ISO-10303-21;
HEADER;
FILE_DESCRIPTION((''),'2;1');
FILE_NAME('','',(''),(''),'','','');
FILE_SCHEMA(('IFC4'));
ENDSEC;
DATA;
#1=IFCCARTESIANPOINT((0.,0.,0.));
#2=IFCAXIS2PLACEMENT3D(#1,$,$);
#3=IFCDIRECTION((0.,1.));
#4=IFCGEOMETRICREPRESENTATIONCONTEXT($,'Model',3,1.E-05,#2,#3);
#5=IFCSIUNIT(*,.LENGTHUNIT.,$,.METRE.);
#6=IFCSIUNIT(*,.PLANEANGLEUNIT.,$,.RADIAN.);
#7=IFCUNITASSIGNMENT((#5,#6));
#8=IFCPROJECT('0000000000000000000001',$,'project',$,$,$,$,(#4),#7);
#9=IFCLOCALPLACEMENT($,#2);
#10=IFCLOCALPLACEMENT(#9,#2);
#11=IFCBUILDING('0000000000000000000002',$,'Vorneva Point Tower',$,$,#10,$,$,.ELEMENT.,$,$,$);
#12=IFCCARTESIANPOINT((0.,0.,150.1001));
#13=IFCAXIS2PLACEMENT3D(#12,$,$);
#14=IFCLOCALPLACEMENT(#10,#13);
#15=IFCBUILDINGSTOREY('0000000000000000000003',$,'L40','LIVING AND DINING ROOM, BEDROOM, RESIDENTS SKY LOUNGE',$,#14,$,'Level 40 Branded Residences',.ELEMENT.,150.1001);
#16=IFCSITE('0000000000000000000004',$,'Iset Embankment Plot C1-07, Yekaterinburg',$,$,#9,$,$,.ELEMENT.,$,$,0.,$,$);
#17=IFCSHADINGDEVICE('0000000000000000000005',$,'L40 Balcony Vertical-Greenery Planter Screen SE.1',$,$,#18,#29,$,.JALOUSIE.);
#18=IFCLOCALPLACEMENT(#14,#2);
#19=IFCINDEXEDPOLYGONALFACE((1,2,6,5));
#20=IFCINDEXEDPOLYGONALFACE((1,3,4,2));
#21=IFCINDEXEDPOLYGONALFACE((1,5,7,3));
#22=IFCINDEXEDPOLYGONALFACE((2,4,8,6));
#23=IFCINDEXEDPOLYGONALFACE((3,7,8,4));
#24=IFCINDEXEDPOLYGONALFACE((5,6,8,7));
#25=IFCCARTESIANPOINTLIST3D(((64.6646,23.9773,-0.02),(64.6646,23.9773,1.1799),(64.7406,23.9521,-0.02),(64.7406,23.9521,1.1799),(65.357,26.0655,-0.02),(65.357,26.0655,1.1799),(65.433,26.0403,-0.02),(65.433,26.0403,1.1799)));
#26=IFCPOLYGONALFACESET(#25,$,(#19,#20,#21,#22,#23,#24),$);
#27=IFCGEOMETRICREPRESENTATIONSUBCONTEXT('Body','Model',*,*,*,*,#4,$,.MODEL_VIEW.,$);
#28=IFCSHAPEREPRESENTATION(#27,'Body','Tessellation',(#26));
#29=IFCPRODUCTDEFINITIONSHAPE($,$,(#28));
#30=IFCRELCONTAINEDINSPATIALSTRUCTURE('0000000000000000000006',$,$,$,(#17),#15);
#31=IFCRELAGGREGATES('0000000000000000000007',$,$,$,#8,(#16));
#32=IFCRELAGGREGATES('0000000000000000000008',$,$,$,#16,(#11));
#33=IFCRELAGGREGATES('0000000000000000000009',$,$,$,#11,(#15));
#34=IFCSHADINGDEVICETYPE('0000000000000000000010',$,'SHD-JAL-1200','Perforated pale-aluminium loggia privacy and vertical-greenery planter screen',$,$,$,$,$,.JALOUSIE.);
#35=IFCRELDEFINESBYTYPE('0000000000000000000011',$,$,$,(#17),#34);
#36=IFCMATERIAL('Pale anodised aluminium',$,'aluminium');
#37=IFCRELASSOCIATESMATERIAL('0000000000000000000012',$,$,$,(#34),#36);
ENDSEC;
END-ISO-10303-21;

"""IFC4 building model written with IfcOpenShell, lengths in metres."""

from ifc_helpers import new_model, si_unit, direction, frame, origin, origin_2d, place, context, subcontext, project, spatial, rectangle, extrude, material, type_object, element, save


model = new_model("IFC4")

# Units and contexts
model_context = context("Model", 3, precision=1e-05, world=origin(), true_north=direction((0.0, 1.0)))
body_context = subcontext(model_context, "Body", "Model", "MODEL_VIEW")
ifc_project = project(units=[si_unit("LENGTHUNIT", "METRE"), si_unit("PLANEANGLEUNIT", "RADIAN")], contexts=[model_context])

# Site, building, storey
site_placement = place(None, origin())
site = spatial("IfcSite", under=ifc_project, at=site_placement, Name="Iset Embankment Plot C1-07, Yekaterinburg", CompositionType="ELEMENT", RefElevation=0.0)
building_placement = place(site_placement, origin())
building = spatial("IfcBuilding", under=site, at=building_placement, Name="Vorneva Point Tower", CompositionType="ELEMENT")
storey_placement = place(building_placement, frame((0.0, 0.0, 150.1001)))
storey = spatial("IfcBuildingStorey", under=building, at=storey_placement, Name="L40", Description="LIVING AND DINING ROOM, BEDROOM, RESIDENTS SKY LOUNGE", LongName="Level 40 Branded Residences", CompositionType="ELEMENT", Elevation=150.1001)

# Shared definitions
ifc_material_1 = material(Name="Pale anodised aluminium", Category="aluminium")

# Shading device
shading_device_type = type_object("IfcShadingDeviceType", Name="SHD-JAL-1200", Description="Perforated pale-aluminium loggia privacy and vertical-greenery planter screen", PredefinedType="JALOUSIE", material=ifc_material_1)
shading_device_placement = place(storey_placement, frame((65.0488, 25.0088, -0.02), z_axis=(0.0, 0.0, 1.0), x_axis=(0.314738, 0.949179, 0.0)))
element("IfcShadingDevice", 1, at=shading_device_placement, inside=storey, type_object=shading_device_type, Name="L40 Balcony Vertical-Greenery Planter Screen SE.1", PredefinedType="JALOUSIE", context=body_context, shape_type="SweptSolid", body=[
    extrude(rectangle(XDim=2.2, YDim=0.0801, at=origin_2d()), origin(), (0.0, 0.0, 1.0), 1.2),
])

save(model, "model.ifc")
